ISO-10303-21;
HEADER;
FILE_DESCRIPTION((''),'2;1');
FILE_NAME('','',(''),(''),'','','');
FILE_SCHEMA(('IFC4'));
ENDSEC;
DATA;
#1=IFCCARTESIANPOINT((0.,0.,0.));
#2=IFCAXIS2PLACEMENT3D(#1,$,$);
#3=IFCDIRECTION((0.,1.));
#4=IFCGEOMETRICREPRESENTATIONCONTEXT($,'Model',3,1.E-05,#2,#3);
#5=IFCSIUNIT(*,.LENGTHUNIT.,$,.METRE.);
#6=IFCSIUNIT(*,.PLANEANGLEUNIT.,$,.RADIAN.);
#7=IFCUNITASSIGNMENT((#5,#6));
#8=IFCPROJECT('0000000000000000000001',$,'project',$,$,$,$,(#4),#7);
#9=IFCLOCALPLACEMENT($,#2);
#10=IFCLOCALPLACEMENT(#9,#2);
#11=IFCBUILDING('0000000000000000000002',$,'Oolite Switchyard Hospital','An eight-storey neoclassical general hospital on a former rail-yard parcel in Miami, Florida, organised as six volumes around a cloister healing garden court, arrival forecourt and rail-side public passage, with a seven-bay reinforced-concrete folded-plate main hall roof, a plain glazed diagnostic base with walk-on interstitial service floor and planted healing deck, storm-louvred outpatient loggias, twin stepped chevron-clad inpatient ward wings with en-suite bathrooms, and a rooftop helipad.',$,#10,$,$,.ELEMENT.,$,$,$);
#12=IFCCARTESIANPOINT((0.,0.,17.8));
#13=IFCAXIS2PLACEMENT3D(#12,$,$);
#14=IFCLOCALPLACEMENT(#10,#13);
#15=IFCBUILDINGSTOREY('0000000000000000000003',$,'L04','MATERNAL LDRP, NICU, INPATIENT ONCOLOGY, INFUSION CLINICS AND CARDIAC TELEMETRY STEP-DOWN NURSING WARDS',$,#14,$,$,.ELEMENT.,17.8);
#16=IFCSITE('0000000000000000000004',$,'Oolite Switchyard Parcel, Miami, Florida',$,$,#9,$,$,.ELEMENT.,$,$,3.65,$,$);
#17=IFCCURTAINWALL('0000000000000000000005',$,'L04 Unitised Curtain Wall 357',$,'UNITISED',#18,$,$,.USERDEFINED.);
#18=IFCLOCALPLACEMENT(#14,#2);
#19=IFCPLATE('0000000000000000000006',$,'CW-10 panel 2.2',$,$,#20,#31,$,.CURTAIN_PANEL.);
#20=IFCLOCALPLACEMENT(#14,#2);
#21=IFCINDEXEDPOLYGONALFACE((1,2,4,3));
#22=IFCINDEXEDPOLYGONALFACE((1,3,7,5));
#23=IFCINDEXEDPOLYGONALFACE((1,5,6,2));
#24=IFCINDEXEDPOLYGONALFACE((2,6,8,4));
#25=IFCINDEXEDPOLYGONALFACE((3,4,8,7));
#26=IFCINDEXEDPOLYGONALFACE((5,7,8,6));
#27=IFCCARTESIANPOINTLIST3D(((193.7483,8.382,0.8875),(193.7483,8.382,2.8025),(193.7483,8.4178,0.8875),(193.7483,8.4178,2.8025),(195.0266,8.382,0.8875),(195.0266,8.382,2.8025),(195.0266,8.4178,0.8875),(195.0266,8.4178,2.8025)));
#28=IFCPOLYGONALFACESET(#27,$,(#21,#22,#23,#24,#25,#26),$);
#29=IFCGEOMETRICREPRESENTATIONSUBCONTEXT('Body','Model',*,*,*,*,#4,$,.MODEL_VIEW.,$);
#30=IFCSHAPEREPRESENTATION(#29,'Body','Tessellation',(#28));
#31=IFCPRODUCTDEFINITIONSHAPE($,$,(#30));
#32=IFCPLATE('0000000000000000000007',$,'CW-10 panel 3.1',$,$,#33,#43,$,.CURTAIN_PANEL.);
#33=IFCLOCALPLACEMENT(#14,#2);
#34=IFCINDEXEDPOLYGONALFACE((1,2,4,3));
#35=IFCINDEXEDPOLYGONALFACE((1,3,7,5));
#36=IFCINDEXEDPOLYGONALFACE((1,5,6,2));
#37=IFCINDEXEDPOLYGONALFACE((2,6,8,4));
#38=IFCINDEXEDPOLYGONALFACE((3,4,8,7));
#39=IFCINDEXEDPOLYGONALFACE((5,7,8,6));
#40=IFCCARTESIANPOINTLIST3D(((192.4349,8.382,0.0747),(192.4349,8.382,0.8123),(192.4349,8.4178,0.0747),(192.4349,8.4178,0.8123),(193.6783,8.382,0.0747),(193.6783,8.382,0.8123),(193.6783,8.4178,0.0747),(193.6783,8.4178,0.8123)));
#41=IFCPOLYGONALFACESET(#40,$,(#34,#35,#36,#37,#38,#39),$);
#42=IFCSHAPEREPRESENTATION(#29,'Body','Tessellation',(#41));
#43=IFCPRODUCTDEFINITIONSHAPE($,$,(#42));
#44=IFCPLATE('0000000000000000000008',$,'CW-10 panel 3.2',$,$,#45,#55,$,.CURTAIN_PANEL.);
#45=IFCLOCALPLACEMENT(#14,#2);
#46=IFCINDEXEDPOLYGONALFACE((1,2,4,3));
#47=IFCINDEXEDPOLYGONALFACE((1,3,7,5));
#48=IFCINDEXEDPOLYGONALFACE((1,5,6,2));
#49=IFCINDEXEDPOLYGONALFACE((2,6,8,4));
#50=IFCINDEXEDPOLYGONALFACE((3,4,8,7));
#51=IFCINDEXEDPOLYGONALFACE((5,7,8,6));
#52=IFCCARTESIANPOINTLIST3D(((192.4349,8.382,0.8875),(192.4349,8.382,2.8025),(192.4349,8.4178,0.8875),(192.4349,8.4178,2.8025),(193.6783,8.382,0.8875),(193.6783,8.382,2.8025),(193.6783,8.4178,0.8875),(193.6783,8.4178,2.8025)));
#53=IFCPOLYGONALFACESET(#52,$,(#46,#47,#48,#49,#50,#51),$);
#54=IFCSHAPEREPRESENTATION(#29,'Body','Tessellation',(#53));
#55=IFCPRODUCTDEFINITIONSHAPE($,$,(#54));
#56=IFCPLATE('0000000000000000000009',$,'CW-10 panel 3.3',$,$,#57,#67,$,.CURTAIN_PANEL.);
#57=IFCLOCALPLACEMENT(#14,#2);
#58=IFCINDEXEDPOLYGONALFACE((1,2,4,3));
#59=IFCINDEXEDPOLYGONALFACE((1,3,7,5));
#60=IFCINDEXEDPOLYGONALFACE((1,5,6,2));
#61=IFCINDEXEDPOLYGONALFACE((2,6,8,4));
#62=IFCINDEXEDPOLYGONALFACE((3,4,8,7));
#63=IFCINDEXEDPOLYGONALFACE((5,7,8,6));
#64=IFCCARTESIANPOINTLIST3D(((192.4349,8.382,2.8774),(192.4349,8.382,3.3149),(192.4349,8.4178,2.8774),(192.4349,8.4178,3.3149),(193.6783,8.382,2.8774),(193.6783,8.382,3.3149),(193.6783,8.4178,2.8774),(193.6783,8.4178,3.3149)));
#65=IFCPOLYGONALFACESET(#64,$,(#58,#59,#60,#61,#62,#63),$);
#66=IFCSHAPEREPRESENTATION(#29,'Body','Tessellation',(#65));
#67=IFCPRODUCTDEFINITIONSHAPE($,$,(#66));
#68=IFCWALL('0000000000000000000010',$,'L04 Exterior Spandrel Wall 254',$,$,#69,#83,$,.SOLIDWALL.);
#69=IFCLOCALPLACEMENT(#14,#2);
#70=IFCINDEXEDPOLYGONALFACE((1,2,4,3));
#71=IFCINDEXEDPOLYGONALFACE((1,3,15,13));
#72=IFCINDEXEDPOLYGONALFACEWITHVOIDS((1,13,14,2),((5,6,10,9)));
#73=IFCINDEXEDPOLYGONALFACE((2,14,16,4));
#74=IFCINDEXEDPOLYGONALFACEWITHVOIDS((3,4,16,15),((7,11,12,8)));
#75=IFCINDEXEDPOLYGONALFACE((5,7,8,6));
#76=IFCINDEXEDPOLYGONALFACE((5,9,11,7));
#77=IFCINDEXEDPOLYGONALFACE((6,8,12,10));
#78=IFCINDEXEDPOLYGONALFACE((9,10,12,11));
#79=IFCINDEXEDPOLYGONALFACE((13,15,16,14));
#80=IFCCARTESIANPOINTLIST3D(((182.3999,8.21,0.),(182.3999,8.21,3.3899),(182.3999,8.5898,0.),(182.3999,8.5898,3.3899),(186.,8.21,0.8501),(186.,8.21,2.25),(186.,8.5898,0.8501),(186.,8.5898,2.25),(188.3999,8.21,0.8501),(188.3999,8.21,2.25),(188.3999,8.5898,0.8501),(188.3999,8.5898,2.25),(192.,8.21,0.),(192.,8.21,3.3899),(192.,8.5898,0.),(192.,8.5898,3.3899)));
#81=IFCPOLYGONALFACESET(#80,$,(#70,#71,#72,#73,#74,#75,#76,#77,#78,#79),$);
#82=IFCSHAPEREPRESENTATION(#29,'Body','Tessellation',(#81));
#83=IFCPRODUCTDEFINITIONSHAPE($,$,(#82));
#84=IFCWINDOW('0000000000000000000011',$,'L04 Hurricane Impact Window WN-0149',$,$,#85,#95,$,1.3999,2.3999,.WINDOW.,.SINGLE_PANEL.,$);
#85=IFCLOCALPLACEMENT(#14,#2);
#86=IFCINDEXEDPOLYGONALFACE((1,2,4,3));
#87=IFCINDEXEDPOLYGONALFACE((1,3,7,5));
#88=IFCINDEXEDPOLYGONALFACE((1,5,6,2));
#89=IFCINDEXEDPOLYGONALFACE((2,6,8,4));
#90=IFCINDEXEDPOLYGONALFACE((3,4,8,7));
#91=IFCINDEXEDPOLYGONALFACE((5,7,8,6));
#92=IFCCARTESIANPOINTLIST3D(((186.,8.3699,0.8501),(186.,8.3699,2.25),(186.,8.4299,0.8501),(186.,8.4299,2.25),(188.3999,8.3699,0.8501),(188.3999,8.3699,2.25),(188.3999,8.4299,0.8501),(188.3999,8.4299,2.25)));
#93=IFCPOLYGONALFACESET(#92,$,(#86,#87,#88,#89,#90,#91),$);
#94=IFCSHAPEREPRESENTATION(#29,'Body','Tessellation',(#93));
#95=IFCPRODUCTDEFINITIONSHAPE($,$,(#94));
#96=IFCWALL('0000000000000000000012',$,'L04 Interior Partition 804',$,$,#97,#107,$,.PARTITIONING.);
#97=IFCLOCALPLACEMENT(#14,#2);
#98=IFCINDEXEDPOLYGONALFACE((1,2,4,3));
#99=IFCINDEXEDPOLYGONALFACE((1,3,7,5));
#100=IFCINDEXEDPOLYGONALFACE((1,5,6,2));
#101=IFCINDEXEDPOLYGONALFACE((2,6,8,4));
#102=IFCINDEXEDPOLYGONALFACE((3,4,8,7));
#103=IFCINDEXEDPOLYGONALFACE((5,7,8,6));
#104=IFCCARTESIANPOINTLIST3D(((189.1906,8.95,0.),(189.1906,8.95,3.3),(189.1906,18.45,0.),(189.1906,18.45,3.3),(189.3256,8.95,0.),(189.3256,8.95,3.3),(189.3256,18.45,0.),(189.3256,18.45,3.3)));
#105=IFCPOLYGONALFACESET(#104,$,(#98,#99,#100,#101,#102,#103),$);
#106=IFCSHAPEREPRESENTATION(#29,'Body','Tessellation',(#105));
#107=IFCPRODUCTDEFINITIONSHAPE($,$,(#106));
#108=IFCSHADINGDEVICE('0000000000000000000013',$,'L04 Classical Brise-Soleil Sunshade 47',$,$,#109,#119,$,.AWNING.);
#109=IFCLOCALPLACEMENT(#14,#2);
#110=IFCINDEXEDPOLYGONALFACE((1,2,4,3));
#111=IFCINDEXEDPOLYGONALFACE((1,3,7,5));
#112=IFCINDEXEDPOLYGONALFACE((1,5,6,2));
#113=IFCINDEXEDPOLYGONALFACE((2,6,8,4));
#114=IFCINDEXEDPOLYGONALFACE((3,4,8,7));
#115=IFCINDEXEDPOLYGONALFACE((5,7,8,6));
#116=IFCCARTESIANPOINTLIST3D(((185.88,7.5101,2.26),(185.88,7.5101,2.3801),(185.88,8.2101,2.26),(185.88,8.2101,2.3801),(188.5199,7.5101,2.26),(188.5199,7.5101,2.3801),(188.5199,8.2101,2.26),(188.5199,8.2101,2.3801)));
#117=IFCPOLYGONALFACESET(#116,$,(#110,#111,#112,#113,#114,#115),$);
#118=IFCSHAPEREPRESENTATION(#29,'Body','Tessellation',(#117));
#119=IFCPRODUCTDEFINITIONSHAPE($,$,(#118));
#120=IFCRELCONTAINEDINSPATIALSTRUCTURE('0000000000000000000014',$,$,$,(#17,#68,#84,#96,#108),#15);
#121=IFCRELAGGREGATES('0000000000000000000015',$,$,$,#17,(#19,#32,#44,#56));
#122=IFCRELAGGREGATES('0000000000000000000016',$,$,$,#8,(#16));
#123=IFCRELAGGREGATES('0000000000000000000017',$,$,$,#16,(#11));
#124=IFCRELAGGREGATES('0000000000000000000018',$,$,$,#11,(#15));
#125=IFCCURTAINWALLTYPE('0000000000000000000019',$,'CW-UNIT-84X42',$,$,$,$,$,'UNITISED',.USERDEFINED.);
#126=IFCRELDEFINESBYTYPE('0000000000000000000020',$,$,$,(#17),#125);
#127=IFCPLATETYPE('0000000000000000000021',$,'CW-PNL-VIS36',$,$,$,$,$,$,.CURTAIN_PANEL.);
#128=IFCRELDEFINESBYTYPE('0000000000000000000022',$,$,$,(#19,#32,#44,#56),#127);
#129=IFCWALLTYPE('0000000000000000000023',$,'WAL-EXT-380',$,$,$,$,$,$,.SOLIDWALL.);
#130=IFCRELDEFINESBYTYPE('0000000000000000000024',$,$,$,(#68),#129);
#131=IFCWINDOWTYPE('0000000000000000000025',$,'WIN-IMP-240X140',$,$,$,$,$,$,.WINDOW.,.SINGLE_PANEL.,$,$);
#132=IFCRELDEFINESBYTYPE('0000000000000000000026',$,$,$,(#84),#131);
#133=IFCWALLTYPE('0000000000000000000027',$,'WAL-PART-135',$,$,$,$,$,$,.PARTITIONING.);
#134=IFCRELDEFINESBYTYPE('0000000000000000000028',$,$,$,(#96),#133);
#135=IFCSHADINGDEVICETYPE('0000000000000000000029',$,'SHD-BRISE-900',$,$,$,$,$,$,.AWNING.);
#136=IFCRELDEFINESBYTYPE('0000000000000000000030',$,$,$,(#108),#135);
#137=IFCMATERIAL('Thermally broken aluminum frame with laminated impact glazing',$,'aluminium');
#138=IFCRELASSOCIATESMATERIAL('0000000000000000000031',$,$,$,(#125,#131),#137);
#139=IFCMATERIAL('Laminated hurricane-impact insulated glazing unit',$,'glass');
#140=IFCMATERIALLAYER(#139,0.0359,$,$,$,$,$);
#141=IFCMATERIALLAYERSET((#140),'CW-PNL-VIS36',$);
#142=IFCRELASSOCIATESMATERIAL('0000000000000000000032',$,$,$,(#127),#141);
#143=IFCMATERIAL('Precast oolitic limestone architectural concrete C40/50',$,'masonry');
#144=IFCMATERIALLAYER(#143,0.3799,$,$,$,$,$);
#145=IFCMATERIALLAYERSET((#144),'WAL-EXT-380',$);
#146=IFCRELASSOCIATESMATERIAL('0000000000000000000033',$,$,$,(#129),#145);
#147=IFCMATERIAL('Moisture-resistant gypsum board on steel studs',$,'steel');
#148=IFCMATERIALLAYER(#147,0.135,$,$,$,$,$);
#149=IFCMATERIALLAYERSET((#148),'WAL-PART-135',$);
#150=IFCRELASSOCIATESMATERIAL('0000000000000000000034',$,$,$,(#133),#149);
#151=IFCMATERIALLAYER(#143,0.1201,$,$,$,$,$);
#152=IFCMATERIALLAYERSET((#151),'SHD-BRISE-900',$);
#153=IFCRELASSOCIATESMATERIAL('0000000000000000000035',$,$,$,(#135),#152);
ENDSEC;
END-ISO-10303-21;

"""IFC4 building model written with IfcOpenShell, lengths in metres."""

from ifc_helpers import new_model, si_unit, direction, frame, frame_2d, origin, origin_2d, place, context, subcontext, project, spatial, rectangle, extrude, material, layer, layer_set, type_object, element, fill, aggregate, save


model = new_model("IFC4")

# Units and contexts
model_context = context("Model", 3, precision=1e-05, world=origin(), true_north=direction((0.0, 1.0)))
body_context = subcontext(model_context, "Body", "Model", "MODEL_VIEW")
ifc_project = project(units=[si_unit("LENGTHUNIT", "METRE"), si_unit("PLANEANGLEUNIT", "RADIAN")], contexts=[model_context])

# Site, building, storey
site_placement = place(None, origin())
site = spatial("IfcSite", under=ifc_project, at=site_placement, Name="Oolite Switchyard Parcel, Miami, Florida", CompositionType="ELEMENT", RefElevation=3.65)
building_placement = place(site_placement, origin())
building = spatial("IfcBuilding", under=site, at=building_placement, Name="Oolite Switchyard Hospital", Description="An eight-storey neoclassical general hospital on a former rail-yard parcel in Miami, Florida, organised as six volumes around a cloister healing garden court, arrival forecourt and rail-side public passage, with a seven-bay reinforced-concrete folded-plate main hall roof, a plain glazed diagnostic base with walk-on interstitial service floor and planted healing deck, storm-louvred outpatient loggias, twin stepped chevron-clad inpatient ward wings with en-suite bathrooms, and a rooftop helipad.", CompositionType="ELEMENT")
storey_placement = place(building_placement, frame((0.0, 0.0, 17.8)))
storey = spatial("IfcBuildingStorey", under=building, at=storey_placement, Name="L04", Description="MATERNAL LDRP, NICU, INPATIENT ONCOLOGY, INFUSION CLINICS AND CARDIAC TELEMETRY STEP-DOWN NURSING WARDS", CompositionType="ELEMENT", Elevation=17.8)

# Curtain wall, plates
ifc_material_1 = material(Name="Thermally broken aluminum frame with laminated impact glazing", Category="aluminium")
curtain_wall_type = type_object("IfcCurtainWallType", Name="CW-UNIT-84X42", ElementType="UNITISED", PredefinedType="USERDEFINED", material=ifc_material_1)
curtain_wall_placement = place(storey_placement, origin())
curtain_wall = element("IfcCurtainWall", 1, at=curtain_wall_placement, inside=storey, type_object=curtain_wall_type, Name="L04 Unitised Curtain Wall 357", ObjectType="UNITISED", PredefinedType="USERDEFINED")
ifc_material_2 = material(Name="Laminated hurricane-impact insulated glazing unit", Category="glass")
ifc_layer_1 = layer(ifc_material_2, 0.0359)
ifc_layer_set_1 = layer_set([ifc_layer_1], Name="CW-PNL-VIS36")
plate_type = type_object("IfcPlateType", Name="CW-PNL-VIS36", PredefinedType="CURTAIN_PANEL", material=ifc_layer_set_1)
plate_1_placement = place(storey_placement, frame((194.3875, 8.3999, 0.8875), z_axis=(0.0, 0.0, 1.0), x_axis=(-1.0, 0.0, 0.0)))
plate_1 = element("IfcPlate", 2, at=plate_1_placement, type_object=plate_type, Name="CW-10 panel 2.2", PredefinedType="CURTAIN_PANEL", context=body_context, shape_type="SweptSolid", body=[
    extrude(rectangle(XDim=1.2783, YDim=0.0359, at=origin_2d()), origin(), (0.0, 0.0, 1.0), 1.915),
])
plate_2_placement = place(storey_placement, frame((193.0566, 8.3999, 0.0747), z_axis=(0.0, 0.0, 1.0), x_axis=(-1.0, 0.0, 0.0)))
plate_2 = element("IfcPlate", 3, at=plate_2_placement, type_object=plate_type, Name="CW-10 panel 3.1", PredefinedType="CURTAIN_PANEL", context=body_context, shape_type="SweptSolid", body=[
    extrude(rectangle(XDim=1.2434, YDim=0.0359, at=origin_2d()), origin(), (0.0, 0.0, 1.0), 0.7375),
])
plate_3_placement = place(storey_placement, frame((193.0566, 8.3999, 0.8875), z_axis=(0.0, 0.0, 1.0), x_axis=(-1.0, 0.0, 0.0)))
plate_3 = element("IfcPlate", 4, at=plate_3_placement, type_object=plate_type, Name="CW-10 panel 3.2", PredefinedType="CURTAIN_PANEL", context=body_context, shape_type="SweptSolid", body=[
    extrude(rectangle(XDim=1.2434, YDim=0.0359, at=origin_2d()), origin(), (0.0, 0.0, 1.0), 1.915),
])
plate_4_placement = place(storey_placement, frame((193.0566, 8.3999, 2.8774), z_axis=(0.0, 0.0, 1.0), x_axis=(-1.0, 0.0, 0.0)))
plate_4 = element("IfcPlate", 5, at=plate_4_placement, type_object=plate_type, Name="CW-10 panel 3.3", PredefinedType="CURTAIN_PANEL", context=body_context, shape_type="SweptSolid", body=[
    extrude(rectangle(XDim=1.2434, YDim=0.0359, at=origin_2d()), origin(), (0.0, 0.0, 1.0), 0.4375),
])
aggregate(curtain_wall, [plate_1, plate_2, plate_3, plate_4])

# Wall, opening, window
ifc_material_3 = material(Name="Precast oolitic limestone architectural concrete C40/50", Category="masonry")
ifc_layer_2 = layer(ifc_material_3, 0.3799)
ifc_layer_set_2 = layer_set([ifc_layer_2], Name="WAL-EXT-380")
wall_type_1 = type_object("IfcWallType", Name="WAL-EXT-380", PredefinedType="SOLIDWALL", material=ifc_layer_set_2)
wall_1_placement = place(storey_placement, frame((192.0, 8.3999, 0.0), z_axis=(0.0, 0.0, 1.0), x_axis=(-1.0, 0.0, 0.0)))
wall_1 = element("IfcWall", 6, at=wall_1_placement, inside=storey, type_object=wall_type_1, Name="L04 Exterior Spandrel Wall 254", PredefinedType="SOLIDWALL", context=body_context, shape_type="SweptSolid", body=[
    extrude(rectangle(XDim=9.6001, YDim=0.3799, at=frame_2d((4.8, 0.0))), origin(), (0.0, 0.0, 1.0), 3.3899),
])
opening_placement = place(wall_1_placement, frame((3.6001, 0.0, 0.8501)))
opening = element("IfcOpeningElement", 7, at=opening_placement, cuts=wall_1, PredefinedType="OPENING", context=body_context, shape_type="SweptSolid", body=[
    extrude(rectangle(XDim=2.3999, YDim=1.3999, at=frame_2d((1.2, 0.7))), frame((0.0, 0.2, 0.0), z_axis=(0.0, -1.0, 0.0), x_axis=(1.0, 0.0, 0.0)), (0.0, 0.0, 1.0), 0.3999),
])
window_type = type_object("IfcWindowType", Name="WIN-IMP-240X140", PartitioningType="SINGLE_PANEL", PredefinedType="WINDOW", material=ifc_material_1)
window_placement = place(opening_placement, origin())
window = element("IfcWindow", 8, at=window_placement, inside=storey, type_object=window_type, Name="L04 Hurricane Impact Window WN-0149", OverallHeight=1.3999, OverallWidth=2.3999, PartitioningType="SINGLE_PANEL", PredefinedType="WINDOW", context=body_context, shape_type="SweptSolid", body=[
    extrude(rectangle(XDim=2.3999, YDim=1.3999, at=frame_2d((1.2, 0.7))), frame((0.0, 0.03, 0.0), z_axis=(0.0, -1.0, 0.0), x_axis=(1.0, 0.0, 0.0)), (0.0, 0.0, 1.0), 0.0601),
])
fill(opening, window)

# Wall
ifc_material_4 = material(Name="Moisture-resistant gypsum board on steel studs", Category="steel")
ifc_layer_3 = layer(ifc_material_4, 0.135)
ifc_layer_set_3 = layer_set([ifc_layer_3], Name="WAL-PART-135")
wall_type_2 = type_object("IfcWallType", Name="WAL-PART-135", PredefinedType="PARTITIONING", material=ifc_layer_set_3)
wall_2_placement = place(storey_placement, frame((189.2581, 8.95, 0.0), z_axis=(0.0, 0.0, 1.0), x_axis=(0.0, 1.0, 0.0)))
element("IfcWall", 9, at=wall_2_placement, inside=storey, type_object=wall_type_2, Name="L04 Interior Partition 804", PredefinedType="PARTITIONING", context=body_context, shape_type="SweptSolid", body=[
    extrude(rectangle(XDim=9.5, YDim=0.135, at=frame_2d((4.75, 0.0))), origin(), (0.0, 0.0, 1.0), 3.3),
])

# Shading device
ifc_layer_4 = layer(ifc_material_3, 0.1201)
ifc_layer_set_4 = layer_set([ifc_layer_4], Name="SHD-BRISE-900")
shading_device_type = type_object("IfcShadingDeviceType", Name="SHD-BRISE-900", PredefinedType="AWNING", material=ifc_layer_set_4)
shading_device_placement = place(storey_placement, frame((187.2, 7.8601, 2.26), z_axis=(0.0, 0.0, 1.0), x_axis=(1.0, 0.0, 0.0)))
element("IfcShadingDevice", 10, at=shading_device_placement, inside=storey, type_object=shading_device_type, Name="L04 Classical Brise-Soleil Sunshade 47", PredefinedType="AWNING", context=body_context, shape_type="SweptSolid", body=[
    extrude(rectangle(XDim=2.6399, YDim=0.7, at=origin_2d()), origin(), (0.0, 0.0, 1.0), 0.1201),
])

save(model, "model.ifc")
